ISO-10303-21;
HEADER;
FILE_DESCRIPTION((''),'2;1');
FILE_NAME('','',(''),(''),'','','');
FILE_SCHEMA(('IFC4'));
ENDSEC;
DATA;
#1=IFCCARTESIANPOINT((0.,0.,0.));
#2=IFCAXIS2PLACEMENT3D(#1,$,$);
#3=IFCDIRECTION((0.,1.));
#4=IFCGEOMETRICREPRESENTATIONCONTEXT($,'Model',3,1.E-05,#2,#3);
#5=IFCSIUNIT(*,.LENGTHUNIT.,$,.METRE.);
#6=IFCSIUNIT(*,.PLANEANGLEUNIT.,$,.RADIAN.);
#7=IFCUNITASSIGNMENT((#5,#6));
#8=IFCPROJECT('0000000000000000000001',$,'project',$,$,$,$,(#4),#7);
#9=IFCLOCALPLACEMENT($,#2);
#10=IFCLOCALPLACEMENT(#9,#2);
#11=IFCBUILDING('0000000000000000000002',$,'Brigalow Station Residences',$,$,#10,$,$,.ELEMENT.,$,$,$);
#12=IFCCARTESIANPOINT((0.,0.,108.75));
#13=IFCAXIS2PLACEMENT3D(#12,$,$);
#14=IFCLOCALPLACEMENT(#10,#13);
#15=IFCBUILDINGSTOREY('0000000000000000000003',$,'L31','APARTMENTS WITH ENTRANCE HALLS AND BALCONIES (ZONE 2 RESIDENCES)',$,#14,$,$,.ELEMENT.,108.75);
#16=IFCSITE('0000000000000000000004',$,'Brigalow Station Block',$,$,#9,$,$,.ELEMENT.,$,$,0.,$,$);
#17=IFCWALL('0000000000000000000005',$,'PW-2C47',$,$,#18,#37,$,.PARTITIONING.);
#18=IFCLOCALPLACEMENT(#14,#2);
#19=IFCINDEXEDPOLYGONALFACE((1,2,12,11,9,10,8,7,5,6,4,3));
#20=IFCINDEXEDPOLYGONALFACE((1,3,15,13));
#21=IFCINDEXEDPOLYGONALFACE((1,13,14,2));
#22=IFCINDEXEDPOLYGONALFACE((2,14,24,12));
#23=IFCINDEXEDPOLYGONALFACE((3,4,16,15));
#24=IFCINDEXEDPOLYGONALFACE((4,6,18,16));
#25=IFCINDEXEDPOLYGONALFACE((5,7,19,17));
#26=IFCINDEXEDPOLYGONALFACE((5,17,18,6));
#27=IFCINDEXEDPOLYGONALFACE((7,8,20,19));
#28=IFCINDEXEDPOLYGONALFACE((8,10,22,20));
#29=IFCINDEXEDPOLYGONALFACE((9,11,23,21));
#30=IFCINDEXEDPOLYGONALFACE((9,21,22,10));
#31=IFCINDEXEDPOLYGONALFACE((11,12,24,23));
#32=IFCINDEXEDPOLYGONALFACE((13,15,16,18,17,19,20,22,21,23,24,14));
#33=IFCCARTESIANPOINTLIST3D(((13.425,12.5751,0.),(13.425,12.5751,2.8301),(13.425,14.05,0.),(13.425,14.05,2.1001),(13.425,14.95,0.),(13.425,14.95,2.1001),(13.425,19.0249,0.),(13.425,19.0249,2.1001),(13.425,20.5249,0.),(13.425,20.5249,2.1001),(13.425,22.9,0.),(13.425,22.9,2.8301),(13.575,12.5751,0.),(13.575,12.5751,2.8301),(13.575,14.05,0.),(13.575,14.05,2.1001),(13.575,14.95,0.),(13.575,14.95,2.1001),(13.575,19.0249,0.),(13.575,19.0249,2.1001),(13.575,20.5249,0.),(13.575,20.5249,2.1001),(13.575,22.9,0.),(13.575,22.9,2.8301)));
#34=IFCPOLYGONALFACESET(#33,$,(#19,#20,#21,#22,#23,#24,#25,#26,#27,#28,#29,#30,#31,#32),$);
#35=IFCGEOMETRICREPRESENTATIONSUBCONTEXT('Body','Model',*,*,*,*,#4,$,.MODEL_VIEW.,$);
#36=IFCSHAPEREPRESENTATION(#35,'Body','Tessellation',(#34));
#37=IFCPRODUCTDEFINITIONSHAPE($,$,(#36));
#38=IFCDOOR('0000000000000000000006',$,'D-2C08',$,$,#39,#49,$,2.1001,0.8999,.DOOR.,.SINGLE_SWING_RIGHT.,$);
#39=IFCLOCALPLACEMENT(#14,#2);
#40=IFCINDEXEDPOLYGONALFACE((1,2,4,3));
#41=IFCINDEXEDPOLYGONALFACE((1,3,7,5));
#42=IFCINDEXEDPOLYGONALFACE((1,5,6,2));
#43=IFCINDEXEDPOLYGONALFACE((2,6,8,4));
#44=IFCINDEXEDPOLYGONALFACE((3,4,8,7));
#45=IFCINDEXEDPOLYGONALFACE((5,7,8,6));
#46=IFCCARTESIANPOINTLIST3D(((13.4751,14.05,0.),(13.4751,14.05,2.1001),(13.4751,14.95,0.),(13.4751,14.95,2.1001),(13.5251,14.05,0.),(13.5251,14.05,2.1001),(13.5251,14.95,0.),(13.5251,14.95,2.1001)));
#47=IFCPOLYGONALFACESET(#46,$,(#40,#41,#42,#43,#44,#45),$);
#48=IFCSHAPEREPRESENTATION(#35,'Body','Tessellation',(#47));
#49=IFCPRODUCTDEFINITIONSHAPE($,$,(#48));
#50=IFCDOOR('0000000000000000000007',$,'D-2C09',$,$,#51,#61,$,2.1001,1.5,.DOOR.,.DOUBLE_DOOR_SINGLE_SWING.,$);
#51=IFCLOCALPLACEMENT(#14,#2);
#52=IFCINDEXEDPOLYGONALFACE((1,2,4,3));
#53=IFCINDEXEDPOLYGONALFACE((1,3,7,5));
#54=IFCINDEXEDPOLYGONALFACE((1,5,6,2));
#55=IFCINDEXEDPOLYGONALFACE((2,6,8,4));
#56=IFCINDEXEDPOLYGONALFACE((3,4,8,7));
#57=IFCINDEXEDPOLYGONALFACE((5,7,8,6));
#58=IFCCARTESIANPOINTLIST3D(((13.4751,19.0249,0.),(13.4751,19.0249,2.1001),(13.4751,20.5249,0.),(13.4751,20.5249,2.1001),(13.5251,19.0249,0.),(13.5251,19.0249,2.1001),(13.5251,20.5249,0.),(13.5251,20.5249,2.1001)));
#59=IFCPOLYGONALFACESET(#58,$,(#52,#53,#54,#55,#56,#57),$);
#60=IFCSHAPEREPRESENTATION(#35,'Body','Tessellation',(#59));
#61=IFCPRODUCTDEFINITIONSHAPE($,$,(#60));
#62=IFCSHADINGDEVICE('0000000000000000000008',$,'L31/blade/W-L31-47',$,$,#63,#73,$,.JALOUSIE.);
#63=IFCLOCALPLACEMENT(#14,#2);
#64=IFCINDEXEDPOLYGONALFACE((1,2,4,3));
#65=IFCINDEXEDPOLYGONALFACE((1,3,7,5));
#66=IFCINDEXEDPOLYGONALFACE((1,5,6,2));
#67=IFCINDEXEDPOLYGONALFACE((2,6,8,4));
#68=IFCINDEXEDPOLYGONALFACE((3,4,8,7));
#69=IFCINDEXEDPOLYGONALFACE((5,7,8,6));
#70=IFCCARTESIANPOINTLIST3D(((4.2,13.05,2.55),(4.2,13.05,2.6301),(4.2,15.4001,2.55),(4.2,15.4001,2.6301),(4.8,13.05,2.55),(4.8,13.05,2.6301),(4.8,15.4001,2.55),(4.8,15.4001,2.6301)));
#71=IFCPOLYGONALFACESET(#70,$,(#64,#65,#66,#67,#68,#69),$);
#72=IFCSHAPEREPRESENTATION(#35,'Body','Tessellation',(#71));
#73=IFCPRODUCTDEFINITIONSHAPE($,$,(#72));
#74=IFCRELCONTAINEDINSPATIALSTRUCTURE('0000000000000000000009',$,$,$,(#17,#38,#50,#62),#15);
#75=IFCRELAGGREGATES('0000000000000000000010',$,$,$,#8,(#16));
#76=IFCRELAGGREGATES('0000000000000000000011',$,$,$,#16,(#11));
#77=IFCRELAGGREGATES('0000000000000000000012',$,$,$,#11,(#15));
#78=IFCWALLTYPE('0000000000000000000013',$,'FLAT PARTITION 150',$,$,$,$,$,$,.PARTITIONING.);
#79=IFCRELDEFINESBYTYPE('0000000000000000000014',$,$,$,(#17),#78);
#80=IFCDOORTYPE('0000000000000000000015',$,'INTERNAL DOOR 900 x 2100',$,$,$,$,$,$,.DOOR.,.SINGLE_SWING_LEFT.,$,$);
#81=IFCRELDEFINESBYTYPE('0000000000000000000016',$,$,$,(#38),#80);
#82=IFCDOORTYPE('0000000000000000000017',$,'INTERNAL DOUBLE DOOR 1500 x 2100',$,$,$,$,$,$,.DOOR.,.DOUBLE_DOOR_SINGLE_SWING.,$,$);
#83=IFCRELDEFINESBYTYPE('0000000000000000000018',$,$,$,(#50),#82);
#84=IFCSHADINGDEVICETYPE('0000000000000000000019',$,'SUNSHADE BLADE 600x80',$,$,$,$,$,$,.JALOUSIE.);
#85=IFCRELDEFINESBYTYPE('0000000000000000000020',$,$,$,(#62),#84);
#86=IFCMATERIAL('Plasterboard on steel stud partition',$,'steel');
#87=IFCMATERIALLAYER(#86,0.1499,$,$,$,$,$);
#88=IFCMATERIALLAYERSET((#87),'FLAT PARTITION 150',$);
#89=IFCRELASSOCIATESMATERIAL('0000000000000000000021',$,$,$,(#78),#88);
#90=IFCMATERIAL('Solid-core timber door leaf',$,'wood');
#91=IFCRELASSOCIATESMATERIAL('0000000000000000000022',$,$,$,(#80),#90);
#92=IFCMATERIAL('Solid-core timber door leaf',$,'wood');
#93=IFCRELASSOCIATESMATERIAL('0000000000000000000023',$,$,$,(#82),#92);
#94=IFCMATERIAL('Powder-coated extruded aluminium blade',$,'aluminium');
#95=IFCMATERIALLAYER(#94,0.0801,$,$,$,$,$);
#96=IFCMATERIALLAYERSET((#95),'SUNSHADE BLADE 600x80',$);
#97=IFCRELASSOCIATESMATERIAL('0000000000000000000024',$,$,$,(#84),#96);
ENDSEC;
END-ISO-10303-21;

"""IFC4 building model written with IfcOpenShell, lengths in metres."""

from ifc_helpers import new_model, si_unit, direction, frame, frame_2d, origin, origin_2d, place, context, subcontext, project, spatial, rectangle, extrude, material, layer, layer_set, type_object, element, fill, save


model = new_model("IFC4")

# Units and contexts
model_context = context("Model", 3, precision=1e-05, world=origin(), true_north=direction((0.0, 1.0)))
body_context = subcontext(model_context, "Body", "Model", "MODEL_VIEW")
ifc_project = project(units=[si_unit("LENGTHUNIT", "METRE"), si_unit("PLANEANGLEUNIT", "RADIAN")], contexts=[model_context])

# Site, building, storey
site_placement = place(None, origin())
site = spatial("IfcSite", under=ifc_project, at=site_placement, Name="Brigalow Station Block", CompositionType="ELEMENT", RefElevation=0.0)
building_placement = place(site_placement, origin())
building = spatial("IfcBuilding", under=site, at=building_placement, Name="Brigalow Station Residences", CompositionType="ELEMENT")
storey_placement = place(building_placement, frame((0.0, 0.0, 108.75)))
storey = spatial("IfcBuildingStorey", under=building, at=storey_placement, Name="L31", Description="APARTMENTS WITH ENTRANCE HALLS AND BALCONIES (ZONE 2 RESIDENCES)", CompositionType="ELEMENT", Elevation=108.75)

# Shared definitions
ifc_material_1 = material(Name="Plasterboard on steel stud partition", Category="steel")
ifc_layer_1 = layer(ifc_material_1, 0.1499)
ifc_layer_set_1 = layer_set([ifc_layer_1], Name="FLAT PARTITION 150")
wall_type_1 = type_object("IfcWallType", Name="FLAT PARTITION 150", PredefinedType="PARTITIONING", material=ifc_layer_set_1)

# Wall, openings, doors
wall_1_placement = place(storey_placement, frame((13.5, 12.575, 0.0), z_axis=(0.0, 0.0, 1.0), x_axis=(0.0, 1.0, 0.0)))
wall_1 = element("IfcWall", 1, at=wall_1_placement, inside=storey, type_object=wall_type_1, Name="PW-2C47", PredefinedType="PARTITIONING", context=body_context, shape_type="SweptSolid", body=[
    extrude(rectangle(XDim=10.325, YDim=0.1499, at=frame_2d((5.1626, 0.0))), origin(), (0.0, 0.0, 1.0), 2.8301),
])
opening_1_placement = place(wall_1_placement, frame((1.4751, 0.0, 0.0)))
opening_1 = element("IfcOpeningElement", 2, at=opening_1_placement, cuts=wall_1, PredefinedType="OPENING", context=body_context, shape_type="SweptSolid", body=[
    extrude(rectangle(XDim=0.8999, YDim=2.1001, at=frame_2d((0.45, 1.05))), frame((0.0, 0.085, 0.0), z_axis=(0.0, -1.0, 0.0), x_axis=(1.0, 0.0, 0.0)), (0.0, 0.0, 1.0), 0.1699),
])
opening_2_placement = place(wall_1_placement, frame((6.45, 0.0, 0.0)))
opening_2 = element("IfcOpeningElement", 3, at=opening_2_placement, cuts=wall_1, PredefinedType="OPENING", context=body_context, shape_type="SweptSolid", body=[
    extrude(rectangle(XDim=1.5, YDim=2.1001, at=frame_2d((0.75, 1.05))), frame((0.0, 0.085, 0.0), z_axis=(0.0, -1.0, 0.0), x_axis=(1.0, 0.0, 0.0)), (0.0, 0.0, 1.0), 0.1699),
])
ifc_material_2 = material(Name="Solid-core timber door leaf", Category="wood")
door_type_1 = type_object("IfcDoorType", Name="INTERNAL DOOR 900 x 2100", OperationType="SINGLE_SWING_LEFT", PredefinedType="DOOR", material=ifc_material_2)
door_1_placement = place(opening_1_placement, origin())
door_1 = element("IfcDoor", 4, at=door_1_placement, inside=storey, type_object=door_type_1, Name="D-2C08", OperationType="SINGLE_SWING_RIGHT", OverallHeight=2.1001, OverallWidth=0.8999, PredefinedType="DOOR", context=body_context, shape_type="SweptSolid", body=[
    extrude(rectangle(XDim=0.8999, YDim=2.1001, at=frame_2d((0.45, 1.05))), frame((0.0, 0.0249, 0.0), z_axis=(0.0, -1.0, 0.0), x_axis=(1.0, 0.0, 0.0)), (0.0, 0.0, 1.0), 0.05),
])
fill(opening_1, door_1)
ifc_material_3 = material(Name="Solid-core timber door leaf", Category="wood")
door_type_2 = type_object("IfcDoorType", Name="INTERNAL DOUBLE DOOR 1500 x 2100", OperationType="DOUBLE_DOOR_SINGLE_SWING", PredefinedType="DOOR", material=ifc_material_3)
door_2_placement = place(opening_2_placement, origin())
door_2 = element("IfcDoor", 5, at=door_2_placement, inside=storey, type_object=door_type_2, Name="D-2C09", OperationType="DOUBLE_DOOR_SINGLE_SWING", OverallHeight=2.1001, OverallWidth=1.5, PredefinedType="DOOR", context=body_context, shape_type="SweptSolid", body=[
    extrude(rectangle(XDim=1.5, YDim=2.1001, at=frame_2d((0.75, 1.05))), frame((0.0, 0.0249, 0.0), z_axis=(0.0, -1.0, 0.0), x_axis=(1.0, 0.0, 0.0)), (0.0, 0.0, 1.0), 0.05),
])
fill(opening_2, door_2)

# Shading device
ifc_material_4 = material(Name="Powder-coated extruded aluminium blade", Category="aluminium")
ifc_layer_2 = layer(ifc_material_4, 0.0801)
ifc_layer_set_2 = layer_set([ifc_layer_2], Name="SUNSHADE BLADE 600x80")
shading_device_type = type_object("IfcShadingDeviceType", Name="SUNSHADE BLADE 600x80", PredefinedType="JALOUSIE", material=ifc_layer_set_2)
shading_device_placement = place(storey_placement, frame((4.5, 14.2251, 2.55), z_axis=(0.0, 0.0, 1.0), x_axis=(0.0, -1.0, 0.0)))
element("IfcShadingDevice", 6, at=shading_device_placement, inside=storey, type_object=shading_device_type, Name="L31/blade/W-L31-47", PredefinedType="JALOUSIE", context=body_context, shape_type="SweptSolid", body=[
    extrude(rectangle(XDim=2.3501, YDim=0.6001, at=origin_2d()), origin(), (0.0, 0.0, 1.0), 0.0801),
])

save(model, "model.ifc")
